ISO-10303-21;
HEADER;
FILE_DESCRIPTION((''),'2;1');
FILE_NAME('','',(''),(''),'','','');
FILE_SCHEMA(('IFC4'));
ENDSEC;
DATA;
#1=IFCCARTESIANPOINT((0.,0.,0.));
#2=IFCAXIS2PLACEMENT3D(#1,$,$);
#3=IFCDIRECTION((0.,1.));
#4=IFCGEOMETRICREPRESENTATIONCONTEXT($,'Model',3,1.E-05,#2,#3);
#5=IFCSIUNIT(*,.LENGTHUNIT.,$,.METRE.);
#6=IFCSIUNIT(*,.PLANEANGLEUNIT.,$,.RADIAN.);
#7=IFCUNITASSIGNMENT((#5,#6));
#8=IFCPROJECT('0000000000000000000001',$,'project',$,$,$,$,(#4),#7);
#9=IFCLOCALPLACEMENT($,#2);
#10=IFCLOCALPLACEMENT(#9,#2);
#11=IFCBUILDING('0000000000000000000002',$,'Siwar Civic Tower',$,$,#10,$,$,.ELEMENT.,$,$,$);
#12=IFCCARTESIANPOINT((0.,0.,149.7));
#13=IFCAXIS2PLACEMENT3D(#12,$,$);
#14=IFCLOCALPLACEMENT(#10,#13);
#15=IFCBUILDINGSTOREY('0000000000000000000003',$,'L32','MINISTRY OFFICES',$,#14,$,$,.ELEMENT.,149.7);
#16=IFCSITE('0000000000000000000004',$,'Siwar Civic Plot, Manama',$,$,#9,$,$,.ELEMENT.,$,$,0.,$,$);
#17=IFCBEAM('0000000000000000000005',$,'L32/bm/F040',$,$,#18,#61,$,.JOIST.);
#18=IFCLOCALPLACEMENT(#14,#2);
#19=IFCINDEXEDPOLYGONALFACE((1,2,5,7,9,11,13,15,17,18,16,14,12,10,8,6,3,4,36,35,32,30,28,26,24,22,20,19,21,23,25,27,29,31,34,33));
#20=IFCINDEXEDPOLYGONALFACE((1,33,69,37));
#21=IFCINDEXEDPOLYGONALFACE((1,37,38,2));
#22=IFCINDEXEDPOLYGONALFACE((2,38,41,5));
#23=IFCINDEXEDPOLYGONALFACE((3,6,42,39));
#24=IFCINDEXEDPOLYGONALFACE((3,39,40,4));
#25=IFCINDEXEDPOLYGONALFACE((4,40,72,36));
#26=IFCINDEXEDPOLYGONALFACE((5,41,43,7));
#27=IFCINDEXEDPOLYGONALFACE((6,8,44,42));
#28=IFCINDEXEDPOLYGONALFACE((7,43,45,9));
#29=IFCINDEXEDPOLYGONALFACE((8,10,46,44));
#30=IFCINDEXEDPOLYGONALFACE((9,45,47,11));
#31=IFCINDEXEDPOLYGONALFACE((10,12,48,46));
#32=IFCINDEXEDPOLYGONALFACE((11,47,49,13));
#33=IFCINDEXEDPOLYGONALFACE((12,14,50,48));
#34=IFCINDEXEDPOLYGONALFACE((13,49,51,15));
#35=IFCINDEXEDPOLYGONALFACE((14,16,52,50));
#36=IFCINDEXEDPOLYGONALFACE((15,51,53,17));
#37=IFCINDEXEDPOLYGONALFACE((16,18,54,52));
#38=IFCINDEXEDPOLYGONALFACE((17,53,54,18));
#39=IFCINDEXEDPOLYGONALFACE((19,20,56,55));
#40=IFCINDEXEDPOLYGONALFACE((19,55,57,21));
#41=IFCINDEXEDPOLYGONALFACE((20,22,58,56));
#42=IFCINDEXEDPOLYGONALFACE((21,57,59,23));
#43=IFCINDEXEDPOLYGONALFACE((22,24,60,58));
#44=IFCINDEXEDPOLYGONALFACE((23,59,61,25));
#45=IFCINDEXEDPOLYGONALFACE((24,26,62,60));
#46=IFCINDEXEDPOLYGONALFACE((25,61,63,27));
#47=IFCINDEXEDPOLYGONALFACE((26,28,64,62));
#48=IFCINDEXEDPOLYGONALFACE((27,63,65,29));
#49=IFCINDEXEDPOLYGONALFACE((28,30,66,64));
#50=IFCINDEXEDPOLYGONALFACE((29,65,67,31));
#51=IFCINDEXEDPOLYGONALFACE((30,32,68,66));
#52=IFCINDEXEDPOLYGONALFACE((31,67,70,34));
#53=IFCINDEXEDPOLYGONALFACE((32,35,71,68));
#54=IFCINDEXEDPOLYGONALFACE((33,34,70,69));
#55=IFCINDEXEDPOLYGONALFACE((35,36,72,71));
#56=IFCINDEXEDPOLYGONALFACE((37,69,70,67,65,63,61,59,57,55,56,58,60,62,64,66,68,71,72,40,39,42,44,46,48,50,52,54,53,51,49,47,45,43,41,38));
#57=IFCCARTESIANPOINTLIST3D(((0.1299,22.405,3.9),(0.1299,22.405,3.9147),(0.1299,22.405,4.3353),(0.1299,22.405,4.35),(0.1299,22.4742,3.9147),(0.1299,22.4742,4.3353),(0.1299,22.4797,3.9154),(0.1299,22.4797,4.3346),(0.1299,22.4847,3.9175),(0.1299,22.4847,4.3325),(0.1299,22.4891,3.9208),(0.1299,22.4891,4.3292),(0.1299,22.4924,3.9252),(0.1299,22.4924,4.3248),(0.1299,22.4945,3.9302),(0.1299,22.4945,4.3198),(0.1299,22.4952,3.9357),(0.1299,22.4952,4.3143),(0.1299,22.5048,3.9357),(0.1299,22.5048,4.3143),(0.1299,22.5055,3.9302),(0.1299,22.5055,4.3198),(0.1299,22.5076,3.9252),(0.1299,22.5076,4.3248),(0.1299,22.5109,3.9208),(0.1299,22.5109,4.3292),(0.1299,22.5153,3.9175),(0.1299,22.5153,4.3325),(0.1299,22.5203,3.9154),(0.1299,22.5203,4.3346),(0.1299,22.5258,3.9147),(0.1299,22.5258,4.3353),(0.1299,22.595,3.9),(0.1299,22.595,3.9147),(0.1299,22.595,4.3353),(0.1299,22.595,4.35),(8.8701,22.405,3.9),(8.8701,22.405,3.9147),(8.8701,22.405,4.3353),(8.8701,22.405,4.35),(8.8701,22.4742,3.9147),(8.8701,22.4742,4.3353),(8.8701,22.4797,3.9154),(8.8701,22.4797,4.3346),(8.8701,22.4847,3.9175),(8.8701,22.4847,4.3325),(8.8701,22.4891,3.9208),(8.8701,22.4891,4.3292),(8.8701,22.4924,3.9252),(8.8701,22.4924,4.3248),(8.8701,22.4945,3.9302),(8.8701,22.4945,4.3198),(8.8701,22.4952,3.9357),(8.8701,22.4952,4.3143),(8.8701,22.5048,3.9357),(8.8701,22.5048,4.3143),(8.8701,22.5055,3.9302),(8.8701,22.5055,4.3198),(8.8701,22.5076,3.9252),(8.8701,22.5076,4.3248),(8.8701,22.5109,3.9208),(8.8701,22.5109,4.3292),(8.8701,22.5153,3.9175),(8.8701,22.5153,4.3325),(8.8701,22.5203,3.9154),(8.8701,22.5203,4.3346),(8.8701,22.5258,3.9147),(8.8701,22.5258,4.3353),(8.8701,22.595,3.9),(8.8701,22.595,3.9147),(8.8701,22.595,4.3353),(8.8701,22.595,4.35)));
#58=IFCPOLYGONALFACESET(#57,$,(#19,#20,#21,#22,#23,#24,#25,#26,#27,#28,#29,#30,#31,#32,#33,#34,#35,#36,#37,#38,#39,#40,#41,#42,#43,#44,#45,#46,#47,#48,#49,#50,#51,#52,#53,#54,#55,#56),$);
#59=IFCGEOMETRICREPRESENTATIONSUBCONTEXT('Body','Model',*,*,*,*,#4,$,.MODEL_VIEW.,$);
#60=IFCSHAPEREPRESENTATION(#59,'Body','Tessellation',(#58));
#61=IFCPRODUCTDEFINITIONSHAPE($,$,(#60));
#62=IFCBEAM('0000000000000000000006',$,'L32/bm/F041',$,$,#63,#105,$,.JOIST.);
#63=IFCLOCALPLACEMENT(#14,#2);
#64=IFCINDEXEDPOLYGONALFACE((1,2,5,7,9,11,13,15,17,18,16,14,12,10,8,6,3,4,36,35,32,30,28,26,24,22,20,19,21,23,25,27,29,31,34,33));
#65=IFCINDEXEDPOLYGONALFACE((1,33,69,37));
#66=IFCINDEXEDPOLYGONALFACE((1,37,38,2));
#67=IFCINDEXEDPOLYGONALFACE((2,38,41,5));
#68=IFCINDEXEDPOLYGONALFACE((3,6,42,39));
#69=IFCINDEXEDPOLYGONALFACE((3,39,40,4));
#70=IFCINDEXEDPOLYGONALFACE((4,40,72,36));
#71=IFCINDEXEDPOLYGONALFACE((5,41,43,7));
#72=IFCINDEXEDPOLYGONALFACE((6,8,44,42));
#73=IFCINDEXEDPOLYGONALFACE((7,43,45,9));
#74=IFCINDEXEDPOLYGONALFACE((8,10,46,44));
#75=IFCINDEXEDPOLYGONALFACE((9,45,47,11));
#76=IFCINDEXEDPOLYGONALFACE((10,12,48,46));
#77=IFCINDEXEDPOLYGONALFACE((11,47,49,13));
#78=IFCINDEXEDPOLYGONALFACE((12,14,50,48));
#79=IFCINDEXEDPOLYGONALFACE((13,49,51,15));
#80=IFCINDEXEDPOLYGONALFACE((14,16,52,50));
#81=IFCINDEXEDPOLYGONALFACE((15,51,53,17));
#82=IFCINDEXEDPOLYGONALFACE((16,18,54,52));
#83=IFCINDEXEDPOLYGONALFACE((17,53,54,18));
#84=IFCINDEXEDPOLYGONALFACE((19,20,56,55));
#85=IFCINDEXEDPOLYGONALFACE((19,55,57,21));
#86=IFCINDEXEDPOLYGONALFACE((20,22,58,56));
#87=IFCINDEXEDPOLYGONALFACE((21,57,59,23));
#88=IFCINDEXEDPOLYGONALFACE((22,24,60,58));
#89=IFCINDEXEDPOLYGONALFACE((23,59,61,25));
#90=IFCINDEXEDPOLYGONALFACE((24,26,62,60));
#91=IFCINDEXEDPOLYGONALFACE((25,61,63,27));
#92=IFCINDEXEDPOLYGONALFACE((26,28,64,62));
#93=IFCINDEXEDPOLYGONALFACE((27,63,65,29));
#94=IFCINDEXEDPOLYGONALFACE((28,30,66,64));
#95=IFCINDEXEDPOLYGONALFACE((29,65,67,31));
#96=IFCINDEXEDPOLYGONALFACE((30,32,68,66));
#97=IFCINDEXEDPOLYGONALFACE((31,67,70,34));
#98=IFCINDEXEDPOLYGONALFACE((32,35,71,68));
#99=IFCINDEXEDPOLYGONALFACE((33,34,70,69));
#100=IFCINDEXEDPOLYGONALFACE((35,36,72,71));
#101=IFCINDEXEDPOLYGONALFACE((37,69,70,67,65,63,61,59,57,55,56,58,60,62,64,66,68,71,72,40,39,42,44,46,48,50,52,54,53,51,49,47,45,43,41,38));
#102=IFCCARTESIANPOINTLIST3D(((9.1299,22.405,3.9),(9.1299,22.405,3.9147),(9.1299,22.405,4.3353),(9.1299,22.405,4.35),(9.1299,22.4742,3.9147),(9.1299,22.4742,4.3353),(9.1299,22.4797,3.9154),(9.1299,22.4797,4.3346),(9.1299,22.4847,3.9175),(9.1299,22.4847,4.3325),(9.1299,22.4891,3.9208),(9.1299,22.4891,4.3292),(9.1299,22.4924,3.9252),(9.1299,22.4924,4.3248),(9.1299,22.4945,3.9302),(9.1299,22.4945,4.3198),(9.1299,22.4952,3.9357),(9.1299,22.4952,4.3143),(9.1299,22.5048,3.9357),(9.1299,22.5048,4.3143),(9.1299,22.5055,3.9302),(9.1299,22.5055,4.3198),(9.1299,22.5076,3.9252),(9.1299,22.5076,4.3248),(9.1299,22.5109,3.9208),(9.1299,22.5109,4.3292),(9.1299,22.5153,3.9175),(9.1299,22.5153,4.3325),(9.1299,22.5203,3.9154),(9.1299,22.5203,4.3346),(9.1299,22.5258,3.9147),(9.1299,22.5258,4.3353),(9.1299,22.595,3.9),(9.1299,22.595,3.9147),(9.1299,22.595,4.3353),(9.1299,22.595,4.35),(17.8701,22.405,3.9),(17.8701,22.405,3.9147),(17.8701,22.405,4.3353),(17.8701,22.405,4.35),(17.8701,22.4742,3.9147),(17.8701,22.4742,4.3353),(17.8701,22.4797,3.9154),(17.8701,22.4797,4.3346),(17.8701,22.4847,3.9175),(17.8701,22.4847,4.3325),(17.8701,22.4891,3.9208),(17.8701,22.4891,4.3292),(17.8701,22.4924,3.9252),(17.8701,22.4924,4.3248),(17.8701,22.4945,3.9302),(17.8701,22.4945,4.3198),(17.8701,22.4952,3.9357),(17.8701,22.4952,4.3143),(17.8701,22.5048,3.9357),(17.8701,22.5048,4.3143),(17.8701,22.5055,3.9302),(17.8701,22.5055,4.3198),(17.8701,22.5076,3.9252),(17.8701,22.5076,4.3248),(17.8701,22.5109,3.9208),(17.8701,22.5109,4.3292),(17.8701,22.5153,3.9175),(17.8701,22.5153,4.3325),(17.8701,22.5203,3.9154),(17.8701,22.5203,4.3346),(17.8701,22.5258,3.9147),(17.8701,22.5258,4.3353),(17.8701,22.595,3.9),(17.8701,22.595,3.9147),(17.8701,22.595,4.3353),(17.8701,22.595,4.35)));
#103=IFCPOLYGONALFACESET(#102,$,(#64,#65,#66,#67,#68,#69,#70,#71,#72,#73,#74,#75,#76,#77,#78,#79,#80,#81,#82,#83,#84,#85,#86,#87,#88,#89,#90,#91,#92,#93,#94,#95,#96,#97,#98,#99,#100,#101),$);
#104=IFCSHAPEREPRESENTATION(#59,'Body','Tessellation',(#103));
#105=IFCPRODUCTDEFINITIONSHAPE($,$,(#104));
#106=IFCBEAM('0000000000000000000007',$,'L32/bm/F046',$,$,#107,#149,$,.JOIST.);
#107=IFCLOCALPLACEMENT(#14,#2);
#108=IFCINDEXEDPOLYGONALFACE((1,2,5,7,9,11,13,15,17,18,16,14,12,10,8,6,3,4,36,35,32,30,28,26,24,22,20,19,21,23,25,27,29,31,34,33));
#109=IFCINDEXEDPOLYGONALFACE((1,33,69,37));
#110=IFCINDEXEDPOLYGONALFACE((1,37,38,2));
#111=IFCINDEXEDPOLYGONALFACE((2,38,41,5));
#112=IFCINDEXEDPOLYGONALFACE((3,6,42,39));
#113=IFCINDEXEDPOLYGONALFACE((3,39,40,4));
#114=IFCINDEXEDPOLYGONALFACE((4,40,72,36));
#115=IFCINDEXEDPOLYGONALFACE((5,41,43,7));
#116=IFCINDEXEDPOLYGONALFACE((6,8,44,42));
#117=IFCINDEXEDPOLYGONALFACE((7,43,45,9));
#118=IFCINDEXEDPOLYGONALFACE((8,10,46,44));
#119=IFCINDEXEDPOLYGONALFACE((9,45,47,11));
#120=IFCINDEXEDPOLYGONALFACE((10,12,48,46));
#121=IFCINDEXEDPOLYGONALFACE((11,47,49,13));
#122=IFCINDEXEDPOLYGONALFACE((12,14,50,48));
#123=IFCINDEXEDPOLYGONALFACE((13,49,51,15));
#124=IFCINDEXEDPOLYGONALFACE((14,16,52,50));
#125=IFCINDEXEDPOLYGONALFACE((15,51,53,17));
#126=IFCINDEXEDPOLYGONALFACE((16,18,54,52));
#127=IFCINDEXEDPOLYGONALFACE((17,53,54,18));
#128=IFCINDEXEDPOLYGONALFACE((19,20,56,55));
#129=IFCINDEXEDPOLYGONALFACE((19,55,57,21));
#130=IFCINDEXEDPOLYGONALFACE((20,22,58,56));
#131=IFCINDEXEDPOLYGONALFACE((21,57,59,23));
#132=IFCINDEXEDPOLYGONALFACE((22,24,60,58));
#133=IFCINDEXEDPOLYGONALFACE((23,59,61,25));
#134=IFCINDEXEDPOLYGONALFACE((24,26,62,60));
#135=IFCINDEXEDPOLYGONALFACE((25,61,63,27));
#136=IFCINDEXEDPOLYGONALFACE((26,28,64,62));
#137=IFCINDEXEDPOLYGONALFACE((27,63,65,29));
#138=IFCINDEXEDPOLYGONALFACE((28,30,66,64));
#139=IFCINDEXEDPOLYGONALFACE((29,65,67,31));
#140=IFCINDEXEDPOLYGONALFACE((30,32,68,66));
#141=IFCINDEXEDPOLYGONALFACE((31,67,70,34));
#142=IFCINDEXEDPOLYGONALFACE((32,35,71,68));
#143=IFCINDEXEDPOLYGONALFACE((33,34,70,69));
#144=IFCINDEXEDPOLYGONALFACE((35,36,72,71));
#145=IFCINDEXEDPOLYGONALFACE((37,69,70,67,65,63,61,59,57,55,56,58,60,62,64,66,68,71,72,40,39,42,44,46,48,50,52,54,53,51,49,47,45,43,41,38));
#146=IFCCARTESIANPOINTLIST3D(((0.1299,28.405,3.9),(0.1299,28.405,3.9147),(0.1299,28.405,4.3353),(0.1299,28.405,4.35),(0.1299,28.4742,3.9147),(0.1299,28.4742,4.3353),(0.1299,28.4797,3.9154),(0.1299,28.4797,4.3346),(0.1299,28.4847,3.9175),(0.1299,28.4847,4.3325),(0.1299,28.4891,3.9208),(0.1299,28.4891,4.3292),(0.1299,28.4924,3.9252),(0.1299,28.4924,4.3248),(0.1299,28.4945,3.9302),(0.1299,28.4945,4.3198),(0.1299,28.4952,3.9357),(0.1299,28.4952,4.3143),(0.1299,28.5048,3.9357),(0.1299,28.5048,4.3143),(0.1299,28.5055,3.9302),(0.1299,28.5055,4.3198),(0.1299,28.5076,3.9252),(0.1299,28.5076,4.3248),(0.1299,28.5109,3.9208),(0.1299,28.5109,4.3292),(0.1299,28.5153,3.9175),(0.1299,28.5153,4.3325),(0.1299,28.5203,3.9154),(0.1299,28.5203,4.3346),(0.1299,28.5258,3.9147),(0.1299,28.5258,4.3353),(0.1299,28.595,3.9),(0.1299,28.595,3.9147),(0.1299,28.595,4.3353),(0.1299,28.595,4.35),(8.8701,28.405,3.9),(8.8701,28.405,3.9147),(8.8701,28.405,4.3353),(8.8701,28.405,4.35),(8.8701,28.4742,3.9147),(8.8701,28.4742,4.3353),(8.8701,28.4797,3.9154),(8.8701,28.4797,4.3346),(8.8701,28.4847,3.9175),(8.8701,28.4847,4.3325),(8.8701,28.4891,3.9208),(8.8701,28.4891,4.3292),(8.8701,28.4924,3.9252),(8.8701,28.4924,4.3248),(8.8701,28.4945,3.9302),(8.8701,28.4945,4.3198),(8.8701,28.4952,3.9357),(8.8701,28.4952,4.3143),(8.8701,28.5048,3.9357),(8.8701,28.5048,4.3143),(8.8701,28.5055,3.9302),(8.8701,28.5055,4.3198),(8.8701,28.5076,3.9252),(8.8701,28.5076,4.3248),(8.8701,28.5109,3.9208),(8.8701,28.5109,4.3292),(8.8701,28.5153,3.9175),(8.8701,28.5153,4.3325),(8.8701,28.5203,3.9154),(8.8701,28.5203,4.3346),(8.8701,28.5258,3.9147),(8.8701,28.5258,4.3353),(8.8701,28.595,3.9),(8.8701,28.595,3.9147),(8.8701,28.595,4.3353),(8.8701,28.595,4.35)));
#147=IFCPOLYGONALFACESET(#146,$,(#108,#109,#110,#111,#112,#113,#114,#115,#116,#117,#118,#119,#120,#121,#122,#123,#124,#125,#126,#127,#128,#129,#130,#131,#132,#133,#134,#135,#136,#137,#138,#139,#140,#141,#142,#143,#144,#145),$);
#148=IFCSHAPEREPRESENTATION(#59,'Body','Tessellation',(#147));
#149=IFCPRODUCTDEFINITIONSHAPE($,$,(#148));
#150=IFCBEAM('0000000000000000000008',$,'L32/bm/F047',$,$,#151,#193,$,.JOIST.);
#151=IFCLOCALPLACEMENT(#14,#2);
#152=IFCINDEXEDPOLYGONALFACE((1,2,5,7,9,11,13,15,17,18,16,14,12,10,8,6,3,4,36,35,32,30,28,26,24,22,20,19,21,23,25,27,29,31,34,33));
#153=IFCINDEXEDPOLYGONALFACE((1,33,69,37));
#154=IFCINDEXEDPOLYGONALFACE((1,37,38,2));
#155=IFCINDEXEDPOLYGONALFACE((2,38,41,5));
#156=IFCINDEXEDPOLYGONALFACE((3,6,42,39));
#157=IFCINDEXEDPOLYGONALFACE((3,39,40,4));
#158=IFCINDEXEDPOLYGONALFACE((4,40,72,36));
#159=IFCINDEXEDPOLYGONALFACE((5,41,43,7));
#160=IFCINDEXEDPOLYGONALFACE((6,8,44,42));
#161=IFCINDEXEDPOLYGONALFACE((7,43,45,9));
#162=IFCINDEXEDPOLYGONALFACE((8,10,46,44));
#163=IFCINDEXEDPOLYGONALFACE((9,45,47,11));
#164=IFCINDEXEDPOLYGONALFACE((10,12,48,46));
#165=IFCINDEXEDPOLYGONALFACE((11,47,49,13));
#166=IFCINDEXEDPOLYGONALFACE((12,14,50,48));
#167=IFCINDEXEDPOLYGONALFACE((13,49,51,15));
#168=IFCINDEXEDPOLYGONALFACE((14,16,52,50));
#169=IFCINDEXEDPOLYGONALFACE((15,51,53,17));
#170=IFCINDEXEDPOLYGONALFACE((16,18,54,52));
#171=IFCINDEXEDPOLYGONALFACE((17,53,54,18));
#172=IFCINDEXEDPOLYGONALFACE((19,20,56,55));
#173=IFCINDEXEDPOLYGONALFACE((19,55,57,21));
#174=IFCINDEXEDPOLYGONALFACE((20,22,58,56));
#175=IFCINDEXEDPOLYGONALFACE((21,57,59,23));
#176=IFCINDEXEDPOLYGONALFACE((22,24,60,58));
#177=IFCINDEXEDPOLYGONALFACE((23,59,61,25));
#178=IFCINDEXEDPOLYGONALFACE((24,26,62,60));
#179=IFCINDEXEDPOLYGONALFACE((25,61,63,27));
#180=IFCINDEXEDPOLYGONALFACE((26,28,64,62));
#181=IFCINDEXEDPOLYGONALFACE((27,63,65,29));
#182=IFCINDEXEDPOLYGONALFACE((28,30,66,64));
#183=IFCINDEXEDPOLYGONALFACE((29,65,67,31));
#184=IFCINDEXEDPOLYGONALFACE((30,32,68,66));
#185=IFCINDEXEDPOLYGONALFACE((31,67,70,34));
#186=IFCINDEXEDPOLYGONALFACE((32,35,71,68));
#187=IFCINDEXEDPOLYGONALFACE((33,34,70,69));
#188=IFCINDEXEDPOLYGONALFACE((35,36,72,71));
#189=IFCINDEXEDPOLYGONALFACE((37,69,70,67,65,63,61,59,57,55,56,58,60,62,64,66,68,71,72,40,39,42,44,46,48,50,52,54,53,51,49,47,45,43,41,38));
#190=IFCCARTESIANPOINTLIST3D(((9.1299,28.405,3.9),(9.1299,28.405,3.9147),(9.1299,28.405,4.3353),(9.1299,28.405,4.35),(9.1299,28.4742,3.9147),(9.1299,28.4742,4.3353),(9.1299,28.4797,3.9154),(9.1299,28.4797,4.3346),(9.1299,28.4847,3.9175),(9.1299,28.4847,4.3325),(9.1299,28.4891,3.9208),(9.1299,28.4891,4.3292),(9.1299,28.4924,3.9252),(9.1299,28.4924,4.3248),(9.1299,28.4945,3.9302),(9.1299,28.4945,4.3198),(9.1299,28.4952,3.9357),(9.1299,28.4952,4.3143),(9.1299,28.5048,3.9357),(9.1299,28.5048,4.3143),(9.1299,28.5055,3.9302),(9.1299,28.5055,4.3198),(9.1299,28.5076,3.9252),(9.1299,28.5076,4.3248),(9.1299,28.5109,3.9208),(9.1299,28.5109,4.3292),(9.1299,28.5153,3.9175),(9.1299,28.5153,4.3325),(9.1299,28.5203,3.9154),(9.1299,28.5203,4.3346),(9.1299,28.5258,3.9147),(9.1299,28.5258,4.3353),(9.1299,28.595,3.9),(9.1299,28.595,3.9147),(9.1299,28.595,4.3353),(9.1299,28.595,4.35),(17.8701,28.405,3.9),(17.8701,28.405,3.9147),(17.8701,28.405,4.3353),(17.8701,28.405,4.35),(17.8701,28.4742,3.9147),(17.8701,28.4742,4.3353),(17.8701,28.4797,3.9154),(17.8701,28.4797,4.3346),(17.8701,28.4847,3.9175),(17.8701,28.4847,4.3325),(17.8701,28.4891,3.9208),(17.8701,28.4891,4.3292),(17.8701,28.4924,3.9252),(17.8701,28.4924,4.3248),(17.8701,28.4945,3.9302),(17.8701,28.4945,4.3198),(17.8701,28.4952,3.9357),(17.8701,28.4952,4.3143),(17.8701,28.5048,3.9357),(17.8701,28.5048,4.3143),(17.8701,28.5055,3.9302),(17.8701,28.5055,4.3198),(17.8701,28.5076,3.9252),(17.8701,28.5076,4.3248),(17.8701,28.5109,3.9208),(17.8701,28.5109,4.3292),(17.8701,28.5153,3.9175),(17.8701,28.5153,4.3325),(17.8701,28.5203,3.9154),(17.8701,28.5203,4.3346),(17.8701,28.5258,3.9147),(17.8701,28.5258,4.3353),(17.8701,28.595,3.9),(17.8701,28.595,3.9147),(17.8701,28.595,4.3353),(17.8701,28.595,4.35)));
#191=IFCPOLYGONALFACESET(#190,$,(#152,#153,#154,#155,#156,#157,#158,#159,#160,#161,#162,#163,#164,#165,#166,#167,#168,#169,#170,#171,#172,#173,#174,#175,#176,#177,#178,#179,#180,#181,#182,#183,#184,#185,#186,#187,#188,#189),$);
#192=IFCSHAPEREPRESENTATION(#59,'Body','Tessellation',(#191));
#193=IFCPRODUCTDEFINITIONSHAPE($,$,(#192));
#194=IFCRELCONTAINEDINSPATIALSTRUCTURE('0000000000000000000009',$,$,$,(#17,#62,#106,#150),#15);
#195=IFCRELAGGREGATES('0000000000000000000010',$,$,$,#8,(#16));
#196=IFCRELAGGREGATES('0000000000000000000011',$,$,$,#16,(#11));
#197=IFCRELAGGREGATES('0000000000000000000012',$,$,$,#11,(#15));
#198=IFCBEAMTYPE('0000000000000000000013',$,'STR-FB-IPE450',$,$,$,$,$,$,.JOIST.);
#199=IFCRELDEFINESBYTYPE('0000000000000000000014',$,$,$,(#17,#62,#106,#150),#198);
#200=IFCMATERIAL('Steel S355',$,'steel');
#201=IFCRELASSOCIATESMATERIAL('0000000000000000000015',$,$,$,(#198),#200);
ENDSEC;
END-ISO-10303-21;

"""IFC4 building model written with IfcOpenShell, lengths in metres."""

from ifc_helpers import new_model, si_unit, direction, frame, origin, origin_2d, place, context, subcontext, project, spatial, i_section, extrude, material, material_profile, profile_set, type_object, element, save


model = new_model("IFC4")

# Units and contexts
model_context = context("Model", 3, precision=1e-05, world=origin(), true_north=direction((0.0, 1.0)))
body_context = subcontext(model_context, "Body", "Model", "MODEL_VIEW")
ifc_project = project(units=[si_unit("LENGTHUNIT", "METRE"), si_unit("PLANEANGLEUNIT", "RADIAN")], contexts=[model_context])

# Site, building, storey
site_placement = place(None, origin())
site = spatial("IfcSite", under=ifc_project, at=site_placement, Name="Siwar Civic Plot, Manama", CompositionType="ELEMENT", RefElevation=0.0)
building_placement = place(site_placement, origin())
building = spatial("IfcBuilding", under=site, at=building_placement, Name="Siwar Civic Tower", CompositionType="ELEMENT")
storey_placement = place(building_placement, frame((0.0, 0.0, 149.7)))
storey = spatial("IfcBuildingStorey", under=building, at=storey_placement, Name="L32", Description="MINISTRY OFFICES", CompositionType="ELEMENT", Elevation=149.7)

# Beams
ifc_material_1 = material(Name="Steel S355", Category="steel")
ifc_material_profile_1 = material_profile(ifc_material_1, i_section(OverallWidth=0.1899, OverallDepth=0.45, WebThickness=0.0095, FlangeThickness=0.0146, FilletRadius=0.021, at=origin_2d()), Name="IPE450")
ifc_profile_set_1 = profile_set([ifc_material_profile_1], Name="Steel S355")
beam_type_1 = type_object("IfcBeamType", Name="STR-FB-IPE450", PredefinedType="JOIST", material=ifc_profile_set_1)
for number, where, z_axis, x_axis, name in (
    (1, (0.1299, 22.5, 4.125), (1.0, 0.0, 0.0), (0.0, 1.0, 0.0), "L32/bm/F040"),
    (2, (9.1299, 22.5, 4.125), (1.0, 0.0, 0.0), (0.0, 1.0, 0.0), "L32/bm/F041"),
    (3, (0.1299, 28.5, 4.125), (1.0, 0.0, 0.0), (0.0, 1.0, 0.0), "L32/bm/F046"),
    (4, (9.1299, 28.5, 4.125), (1.0, 0.0, 0.0), (0.0, 1.0, 0.0), "L32/bm/F047"),
):
    element("IfcBeam", number, at=place(storey_placement, frame(where, z_axis=z_axis, x_axis=x_axis)), inside=storey, type_object=beam_type_1, Name=name, PredefinedType="JOIST", context=body_context, shape_type="SweptSolid", body=[
        extrude(i_section(OverallWidth=0.1899, OverallDepth=0.45, WebThickness=0.0095, FlangeThickness=0.0146, FilletRadius=0.021, at=origin_2d()), origin(), (0.0, 0.0, 1.0), 8.7402),
    ])

save(model, "model.ifc")
